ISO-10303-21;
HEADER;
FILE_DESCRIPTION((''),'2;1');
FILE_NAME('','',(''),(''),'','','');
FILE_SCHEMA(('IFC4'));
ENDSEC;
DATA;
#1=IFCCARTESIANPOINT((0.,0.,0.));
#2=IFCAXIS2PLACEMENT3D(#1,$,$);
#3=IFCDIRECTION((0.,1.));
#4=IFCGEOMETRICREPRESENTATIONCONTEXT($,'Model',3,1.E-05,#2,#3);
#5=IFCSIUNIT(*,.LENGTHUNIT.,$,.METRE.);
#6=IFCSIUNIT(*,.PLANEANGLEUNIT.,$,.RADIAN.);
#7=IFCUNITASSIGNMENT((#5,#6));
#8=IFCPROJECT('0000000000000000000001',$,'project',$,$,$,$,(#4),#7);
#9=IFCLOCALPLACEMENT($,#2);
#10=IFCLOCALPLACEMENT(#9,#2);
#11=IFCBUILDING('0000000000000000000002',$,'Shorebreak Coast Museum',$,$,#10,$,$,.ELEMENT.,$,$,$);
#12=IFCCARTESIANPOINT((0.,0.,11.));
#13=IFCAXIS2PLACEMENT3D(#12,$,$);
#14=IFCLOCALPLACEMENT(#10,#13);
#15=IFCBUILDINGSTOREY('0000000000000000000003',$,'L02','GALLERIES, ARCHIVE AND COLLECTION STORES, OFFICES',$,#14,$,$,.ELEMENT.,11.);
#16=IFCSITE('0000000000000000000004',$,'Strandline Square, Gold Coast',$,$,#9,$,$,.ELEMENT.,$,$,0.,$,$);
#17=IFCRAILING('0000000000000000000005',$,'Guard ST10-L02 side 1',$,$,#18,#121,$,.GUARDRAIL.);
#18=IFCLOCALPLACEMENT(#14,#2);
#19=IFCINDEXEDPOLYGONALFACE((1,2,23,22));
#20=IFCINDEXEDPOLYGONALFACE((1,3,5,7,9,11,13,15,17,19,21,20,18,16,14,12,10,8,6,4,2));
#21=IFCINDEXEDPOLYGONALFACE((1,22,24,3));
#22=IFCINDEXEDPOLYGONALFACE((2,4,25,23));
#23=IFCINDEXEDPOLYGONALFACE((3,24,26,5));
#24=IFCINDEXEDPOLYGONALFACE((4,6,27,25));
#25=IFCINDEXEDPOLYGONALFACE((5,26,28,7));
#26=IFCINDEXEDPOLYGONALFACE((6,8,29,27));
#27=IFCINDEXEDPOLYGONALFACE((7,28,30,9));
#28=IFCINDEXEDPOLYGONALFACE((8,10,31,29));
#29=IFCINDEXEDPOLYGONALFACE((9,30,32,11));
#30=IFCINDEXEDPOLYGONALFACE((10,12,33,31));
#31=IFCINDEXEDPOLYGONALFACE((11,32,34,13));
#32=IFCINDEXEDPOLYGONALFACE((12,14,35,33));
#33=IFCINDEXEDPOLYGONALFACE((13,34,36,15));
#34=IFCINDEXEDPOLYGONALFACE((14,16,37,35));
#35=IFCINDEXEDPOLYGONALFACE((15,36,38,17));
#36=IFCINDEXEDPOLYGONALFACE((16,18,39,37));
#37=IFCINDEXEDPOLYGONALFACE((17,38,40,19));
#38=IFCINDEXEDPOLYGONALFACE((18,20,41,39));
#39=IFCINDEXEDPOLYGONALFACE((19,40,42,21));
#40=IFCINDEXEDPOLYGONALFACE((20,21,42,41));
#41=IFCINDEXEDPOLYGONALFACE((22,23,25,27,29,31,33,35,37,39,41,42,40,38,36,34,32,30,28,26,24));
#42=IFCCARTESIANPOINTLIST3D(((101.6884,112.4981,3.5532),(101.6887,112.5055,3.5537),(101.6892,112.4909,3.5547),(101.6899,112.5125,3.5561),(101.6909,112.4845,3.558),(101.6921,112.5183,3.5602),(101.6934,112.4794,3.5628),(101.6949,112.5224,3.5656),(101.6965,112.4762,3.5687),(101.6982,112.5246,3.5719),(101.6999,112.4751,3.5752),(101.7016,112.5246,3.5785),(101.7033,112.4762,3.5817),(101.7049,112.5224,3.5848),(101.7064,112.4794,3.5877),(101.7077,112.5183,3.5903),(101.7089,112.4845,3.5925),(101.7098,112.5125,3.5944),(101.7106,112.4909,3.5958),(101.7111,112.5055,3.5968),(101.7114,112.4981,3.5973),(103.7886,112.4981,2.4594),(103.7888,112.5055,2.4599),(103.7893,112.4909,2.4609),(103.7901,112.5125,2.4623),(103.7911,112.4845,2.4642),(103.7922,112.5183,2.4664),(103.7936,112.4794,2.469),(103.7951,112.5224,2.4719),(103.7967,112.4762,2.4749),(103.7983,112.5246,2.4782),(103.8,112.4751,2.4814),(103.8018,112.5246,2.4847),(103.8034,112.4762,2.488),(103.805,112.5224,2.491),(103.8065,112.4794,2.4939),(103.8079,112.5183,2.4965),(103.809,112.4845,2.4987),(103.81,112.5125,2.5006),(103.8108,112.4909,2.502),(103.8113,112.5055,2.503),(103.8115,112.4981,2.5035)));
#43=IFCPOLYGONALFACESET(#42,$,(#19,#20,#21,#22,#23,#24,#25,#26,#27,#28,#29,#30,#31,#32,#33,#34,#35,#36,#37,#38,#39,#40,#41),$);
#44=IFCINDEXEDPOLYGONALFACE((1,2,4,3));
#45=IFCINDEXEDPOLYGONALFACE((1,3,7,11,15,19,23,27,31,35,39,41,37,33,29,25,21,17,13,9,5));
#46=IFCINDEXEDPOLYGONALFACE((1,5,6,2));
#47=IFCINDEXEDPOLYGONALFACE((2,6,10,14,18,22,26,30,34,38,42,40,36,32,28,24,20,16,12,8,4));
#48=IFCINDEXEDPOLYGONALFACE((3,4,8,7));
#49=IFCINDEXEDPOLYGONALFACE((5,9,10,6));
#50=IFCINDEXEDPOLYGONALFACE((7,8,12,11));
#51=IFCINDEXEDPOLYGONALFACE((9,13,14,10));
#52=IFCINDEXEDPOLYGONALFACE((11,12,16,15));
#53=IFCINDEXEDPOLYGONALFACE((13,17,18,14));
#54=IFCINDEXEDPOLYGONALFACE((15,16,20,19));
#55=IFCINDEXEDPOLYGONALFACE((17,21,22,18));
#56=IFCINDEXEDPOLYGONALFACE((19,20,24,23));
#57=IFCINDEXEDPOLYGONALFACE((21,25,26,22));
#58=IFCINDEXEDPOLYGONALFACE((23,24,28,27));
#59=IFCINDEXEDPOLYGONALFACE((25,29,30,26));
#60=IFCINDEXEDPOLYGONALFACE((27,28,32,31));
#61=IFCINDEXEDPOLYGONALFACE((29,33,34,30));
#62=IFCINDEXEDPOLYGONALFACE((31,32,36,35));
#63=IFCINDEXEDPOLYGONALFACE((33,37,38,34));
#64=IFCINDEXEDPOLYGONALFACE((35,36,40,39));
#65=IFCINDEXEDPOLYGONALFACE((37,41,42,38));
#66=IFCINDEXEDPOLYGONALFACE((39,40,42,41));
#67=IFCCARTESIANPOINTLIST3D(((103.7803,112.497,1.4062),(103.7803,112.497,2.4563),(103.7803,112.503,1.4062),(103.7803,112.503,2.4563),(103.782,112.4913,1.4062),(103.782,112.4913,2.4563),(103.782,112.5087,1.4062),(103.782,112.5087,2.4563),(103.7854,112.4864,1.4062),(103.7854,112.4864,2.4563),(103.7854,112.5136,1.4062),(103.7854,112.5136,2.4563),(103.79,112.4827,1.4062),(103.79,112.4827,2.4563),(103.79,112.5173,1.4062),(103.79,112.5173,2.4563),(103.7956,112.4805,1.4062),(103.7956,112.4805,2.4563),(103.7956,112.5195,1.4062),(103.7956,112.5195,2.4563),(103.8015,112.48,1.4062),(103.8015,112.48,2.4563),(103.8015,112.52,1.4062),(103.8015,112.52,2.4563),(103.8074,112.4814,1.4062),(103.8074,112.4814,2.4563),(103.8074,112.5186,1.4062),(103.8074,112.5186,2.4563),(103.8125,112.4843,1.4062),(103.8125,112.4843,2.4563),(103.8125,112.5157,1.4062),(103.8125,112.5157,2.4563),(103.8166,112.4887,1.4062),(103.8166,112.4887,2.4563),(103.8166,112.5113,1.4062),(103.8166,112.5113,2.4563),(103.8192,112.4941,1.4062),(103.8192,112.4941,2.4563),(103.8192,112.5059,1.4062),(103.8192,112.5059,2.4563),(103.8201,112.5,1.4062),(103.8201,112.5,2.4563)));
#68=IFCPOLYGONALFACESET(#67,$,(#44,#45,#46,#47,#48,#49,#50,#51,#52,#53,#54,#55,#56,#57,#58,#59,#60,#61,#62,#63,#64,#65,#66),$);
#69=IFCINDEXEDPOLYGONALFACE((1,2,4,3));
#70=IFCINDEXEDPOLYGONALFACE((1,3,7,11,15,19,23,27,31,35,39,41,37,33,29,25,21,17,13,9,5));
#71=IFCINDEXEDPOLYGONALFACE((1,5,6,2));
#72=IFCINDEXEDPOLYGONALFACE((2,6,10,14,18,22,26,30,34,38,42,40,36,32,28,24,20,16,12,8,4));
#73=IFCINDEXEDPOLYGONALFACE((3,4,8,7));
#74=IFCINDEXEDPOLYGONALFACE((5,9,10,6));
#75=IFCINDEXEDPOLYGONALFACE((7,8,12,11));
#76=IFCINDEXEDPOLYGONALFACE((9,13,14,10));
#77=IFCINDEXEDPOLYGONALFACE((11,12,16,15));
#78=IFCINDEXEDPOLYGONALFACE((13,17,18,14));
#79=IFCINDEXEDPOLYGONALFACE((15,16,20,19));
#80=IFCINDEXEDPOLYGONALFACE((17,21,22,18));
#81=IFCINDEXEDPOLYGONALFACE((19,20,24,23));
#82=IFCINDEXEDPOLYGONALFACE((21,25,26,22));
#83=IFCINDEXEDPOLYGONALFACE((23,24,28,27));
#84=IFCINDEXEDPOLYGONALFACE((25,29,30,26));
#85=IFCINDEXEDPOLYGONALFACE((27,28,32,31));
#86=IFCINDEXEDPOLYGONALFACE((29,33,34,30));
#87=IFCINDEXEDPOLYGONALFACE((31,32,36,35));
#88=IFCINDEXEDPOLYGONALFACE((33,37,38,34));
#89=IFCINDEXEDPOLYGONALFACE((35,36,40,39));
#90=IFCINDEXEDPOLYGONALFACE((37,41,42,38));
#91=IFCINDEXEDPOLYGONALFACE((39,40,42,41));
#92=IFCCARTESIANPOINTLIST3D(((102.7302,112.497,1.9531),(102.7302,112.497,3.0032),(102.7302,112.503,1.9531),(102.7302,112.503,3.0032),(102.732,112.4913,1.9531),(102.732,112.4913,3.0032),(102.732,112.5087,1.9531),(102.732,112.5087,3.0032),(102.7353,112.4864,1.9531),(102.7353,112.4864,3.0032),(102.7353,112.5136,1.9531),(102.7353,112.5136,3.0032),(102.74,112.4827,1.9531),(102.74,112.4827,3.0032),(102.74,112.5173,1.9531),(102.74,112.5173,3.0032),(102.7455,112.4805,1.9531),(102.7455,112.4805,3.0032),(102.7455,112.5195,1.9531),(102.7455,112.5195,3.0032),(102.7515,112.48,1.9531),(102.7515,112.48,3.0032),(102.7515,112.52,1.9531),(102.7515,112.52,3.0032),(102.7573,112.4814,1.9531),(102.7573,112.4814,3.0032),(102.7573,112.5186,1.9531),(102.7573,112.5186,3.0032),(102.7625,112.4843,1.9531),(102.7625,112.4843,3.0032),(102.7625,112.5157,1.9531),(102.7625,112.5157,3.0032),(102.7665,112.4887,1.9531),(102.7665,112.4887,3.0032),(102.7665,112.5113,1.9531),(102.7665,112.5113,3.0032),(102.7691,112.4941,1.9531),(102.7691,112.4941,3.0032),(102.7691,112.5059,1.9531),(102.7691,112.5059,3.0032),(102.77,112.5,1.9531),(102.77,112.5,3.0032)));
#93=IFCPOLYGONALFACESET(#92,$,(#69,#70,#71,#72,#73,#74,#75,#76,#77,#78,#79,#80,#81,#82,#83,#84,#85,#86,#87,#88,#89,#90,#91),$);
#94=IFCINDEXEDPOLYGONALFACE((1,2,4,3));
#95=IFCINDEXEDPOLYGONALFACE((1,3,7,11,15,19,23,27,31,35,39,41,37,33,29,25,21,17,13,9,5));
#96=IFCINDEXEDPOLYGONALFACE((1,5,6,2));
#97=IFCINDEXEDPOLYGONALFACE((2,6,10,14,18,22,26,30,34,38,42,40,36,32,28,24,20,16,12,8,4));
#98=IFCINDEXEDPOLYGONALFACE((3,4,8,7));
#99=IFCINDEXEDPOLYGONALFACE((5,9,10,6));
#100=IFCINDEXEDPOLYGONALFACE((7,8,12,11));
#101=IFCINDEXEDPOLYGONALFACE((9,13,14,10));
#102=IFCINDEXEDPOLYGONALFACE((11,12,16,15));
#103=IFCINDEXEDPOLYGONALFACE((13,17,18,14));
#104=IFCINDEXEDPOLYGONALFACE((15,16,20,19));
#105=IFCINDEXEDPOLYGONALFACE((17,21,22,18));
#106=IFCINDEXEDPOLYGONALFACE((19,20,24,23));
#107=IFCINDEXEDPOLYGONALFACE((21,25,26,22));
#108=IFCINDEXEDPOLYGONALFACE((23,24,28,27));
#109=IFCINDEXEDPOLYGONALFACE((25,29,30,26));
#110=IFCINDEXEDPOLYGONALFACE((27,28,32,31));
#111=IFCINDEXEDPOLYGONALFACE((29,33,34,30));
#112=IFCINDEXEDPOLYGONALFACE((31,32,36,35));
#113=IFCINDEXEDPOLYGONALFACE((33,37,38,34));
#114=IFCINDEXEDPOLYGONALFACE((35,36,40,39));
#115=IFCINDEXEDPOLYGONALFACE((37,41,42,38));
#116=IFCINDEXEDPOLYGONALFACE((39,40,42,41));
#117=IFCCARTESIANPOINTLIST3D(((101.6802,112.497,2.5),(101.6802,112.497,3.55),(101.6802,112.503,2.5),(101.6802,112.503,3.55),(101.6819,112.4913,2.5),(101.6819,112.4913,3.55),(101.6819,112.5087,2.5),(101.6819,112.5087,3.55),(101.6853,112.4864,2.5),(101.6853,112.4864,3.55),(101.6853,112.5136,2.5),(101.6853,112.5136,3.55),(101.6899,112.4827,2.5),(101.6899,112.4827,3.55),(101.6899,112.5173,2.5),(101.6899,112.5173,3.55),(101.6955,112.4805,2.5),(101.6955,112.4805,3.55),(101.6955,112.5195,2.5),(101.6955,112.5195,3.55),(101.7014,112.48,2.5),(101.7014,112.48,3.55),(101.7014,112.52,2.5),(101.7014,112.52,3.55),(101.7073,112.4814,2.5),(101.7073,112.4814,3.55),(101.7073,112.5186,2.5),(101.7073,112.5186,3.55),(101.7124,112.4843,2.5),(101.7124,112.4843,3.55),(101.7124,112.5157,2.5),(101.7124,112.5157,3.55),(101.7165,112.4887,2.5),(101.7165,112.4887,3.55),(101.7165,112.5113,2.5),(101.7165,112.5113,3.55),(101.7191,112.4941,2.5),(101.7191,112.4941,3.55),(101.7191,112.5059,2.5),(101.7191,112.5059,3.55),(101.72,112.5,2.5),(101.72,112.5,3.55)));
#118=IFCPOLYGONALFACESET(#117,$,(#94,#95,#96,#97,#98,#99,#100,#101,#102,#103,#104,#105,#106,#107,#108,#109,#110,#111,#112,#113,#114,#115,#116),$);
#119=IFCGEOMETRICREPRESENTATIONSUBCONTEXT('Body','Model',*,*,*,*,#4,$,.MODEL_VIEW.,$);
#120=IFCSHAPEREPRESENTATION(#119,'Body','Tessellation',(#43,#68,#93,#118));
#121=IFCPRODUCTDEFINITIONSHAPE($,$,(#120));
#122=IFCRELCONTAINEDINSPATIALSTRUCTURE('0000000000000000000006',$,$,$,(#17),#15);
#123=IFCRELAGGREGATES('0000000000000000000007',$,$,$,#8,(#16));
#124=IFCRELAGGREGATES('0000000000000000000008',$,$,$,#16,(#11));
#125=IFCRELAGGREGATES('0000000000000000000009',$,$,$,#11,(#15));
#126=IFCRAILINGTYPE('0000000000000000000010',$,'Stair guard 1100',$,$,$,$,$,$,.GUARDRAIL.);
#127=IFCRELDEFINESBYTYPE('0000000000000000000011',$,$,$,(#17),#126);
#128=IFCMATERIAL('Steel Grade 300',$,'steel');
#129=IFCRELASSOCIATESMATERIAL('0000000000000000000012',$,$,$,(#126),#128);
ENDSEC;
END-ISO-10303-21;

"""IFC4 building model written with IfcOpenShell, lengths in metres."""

from ifc_helpers import new_model, si_unit, direction, frame, origin, origin_2d, place, context, subcontext, project, spatial, circle, extrude, material, type_object, element, save


model = new_model("IFC4")

# Units and contexts
model_context = context("Model", 3, precision=1e-05, world=origin(), true_north=direction((0.0, 1.0)))
body_context = subcontext(model_context, "Body", "Model", "MODEL_VIEW")
ifc_project = project(units=[si_unit("LENGTHUNIT", "METRE"), si_unit("PLANEANGLEUNIT", "RADIAN")], contexts=[model_context])

# Site, building, storey
site_placement = place(None, origin())
site = spatial("IfcSite", under=ifc_project, at=site_placement, Name="Strandline Square, Gold Coast", CompositionType="ELEMENT", RefElevation=0.0)
building_placement = place(site_placement, origin())
building = spatial("IfcBuilding", under=site, at=building_placement, Name="Shorebreak Coast Museum", CompositionType="ELEMENT")
storey_placement = place(building_placement, frame((0.0, 0.0, 11.0)))
storey = spatial("IfcBuildingStorey", under=building, at=storey_placement, Name="L02", Description="GALLERIES, ARCHIVE AND COLLECTION STORES, OFFICES", CompositionType="ELEMENT", Elevation=11.0)

# Railing
ifc_material_1 = material(Name="Steel Grade 300", Category="steel")
railing_type_1 = type_object("IfcRailingType", Name="Stair guard 1100", PredefinedType="GUARDRAIL", material=ifc_material_1)
for number, where, name in (
    (1, (103.8, 112.5, 1.4062), "Guard ST10-L02 side 1"),
):
    element("IfcRailing", number, at=place(storey_placement, frame(where)), inside=storey, type_object=railing_type_1, Name=name, PredefinedType="GUARDRAIL", context=body_context, shape_type="SweptSolid", body=[
        extrude(circle(Radius=0.0249, at=origin_2d()), frame((0.0, 0.0, 1.0752), z_axis=(-0.886923, 0.0, 0.461918), x_axis=(0.0, -1.0, 0.0)), (0.0, 0.0, 1.0), 2.3679),
        extrude(circle(Radius=0.02, at=origin_2d()), origin(), (0.0, 0.0, 1.0), 1.05),
        extrude(circle(Radius=0.02, at=origin_2d()), frame((-1.05, 0.0, 0.5469)), (0.0, 0.0, 1.0), 1.05),
        extrude(circle(Radius=0.02, at=origin_2d()), frame((-2.1001, 0.0, 1.0938)), (0.0, 0.0, 1.0), 1.05),
    ])

save(model, "model.ifc")
